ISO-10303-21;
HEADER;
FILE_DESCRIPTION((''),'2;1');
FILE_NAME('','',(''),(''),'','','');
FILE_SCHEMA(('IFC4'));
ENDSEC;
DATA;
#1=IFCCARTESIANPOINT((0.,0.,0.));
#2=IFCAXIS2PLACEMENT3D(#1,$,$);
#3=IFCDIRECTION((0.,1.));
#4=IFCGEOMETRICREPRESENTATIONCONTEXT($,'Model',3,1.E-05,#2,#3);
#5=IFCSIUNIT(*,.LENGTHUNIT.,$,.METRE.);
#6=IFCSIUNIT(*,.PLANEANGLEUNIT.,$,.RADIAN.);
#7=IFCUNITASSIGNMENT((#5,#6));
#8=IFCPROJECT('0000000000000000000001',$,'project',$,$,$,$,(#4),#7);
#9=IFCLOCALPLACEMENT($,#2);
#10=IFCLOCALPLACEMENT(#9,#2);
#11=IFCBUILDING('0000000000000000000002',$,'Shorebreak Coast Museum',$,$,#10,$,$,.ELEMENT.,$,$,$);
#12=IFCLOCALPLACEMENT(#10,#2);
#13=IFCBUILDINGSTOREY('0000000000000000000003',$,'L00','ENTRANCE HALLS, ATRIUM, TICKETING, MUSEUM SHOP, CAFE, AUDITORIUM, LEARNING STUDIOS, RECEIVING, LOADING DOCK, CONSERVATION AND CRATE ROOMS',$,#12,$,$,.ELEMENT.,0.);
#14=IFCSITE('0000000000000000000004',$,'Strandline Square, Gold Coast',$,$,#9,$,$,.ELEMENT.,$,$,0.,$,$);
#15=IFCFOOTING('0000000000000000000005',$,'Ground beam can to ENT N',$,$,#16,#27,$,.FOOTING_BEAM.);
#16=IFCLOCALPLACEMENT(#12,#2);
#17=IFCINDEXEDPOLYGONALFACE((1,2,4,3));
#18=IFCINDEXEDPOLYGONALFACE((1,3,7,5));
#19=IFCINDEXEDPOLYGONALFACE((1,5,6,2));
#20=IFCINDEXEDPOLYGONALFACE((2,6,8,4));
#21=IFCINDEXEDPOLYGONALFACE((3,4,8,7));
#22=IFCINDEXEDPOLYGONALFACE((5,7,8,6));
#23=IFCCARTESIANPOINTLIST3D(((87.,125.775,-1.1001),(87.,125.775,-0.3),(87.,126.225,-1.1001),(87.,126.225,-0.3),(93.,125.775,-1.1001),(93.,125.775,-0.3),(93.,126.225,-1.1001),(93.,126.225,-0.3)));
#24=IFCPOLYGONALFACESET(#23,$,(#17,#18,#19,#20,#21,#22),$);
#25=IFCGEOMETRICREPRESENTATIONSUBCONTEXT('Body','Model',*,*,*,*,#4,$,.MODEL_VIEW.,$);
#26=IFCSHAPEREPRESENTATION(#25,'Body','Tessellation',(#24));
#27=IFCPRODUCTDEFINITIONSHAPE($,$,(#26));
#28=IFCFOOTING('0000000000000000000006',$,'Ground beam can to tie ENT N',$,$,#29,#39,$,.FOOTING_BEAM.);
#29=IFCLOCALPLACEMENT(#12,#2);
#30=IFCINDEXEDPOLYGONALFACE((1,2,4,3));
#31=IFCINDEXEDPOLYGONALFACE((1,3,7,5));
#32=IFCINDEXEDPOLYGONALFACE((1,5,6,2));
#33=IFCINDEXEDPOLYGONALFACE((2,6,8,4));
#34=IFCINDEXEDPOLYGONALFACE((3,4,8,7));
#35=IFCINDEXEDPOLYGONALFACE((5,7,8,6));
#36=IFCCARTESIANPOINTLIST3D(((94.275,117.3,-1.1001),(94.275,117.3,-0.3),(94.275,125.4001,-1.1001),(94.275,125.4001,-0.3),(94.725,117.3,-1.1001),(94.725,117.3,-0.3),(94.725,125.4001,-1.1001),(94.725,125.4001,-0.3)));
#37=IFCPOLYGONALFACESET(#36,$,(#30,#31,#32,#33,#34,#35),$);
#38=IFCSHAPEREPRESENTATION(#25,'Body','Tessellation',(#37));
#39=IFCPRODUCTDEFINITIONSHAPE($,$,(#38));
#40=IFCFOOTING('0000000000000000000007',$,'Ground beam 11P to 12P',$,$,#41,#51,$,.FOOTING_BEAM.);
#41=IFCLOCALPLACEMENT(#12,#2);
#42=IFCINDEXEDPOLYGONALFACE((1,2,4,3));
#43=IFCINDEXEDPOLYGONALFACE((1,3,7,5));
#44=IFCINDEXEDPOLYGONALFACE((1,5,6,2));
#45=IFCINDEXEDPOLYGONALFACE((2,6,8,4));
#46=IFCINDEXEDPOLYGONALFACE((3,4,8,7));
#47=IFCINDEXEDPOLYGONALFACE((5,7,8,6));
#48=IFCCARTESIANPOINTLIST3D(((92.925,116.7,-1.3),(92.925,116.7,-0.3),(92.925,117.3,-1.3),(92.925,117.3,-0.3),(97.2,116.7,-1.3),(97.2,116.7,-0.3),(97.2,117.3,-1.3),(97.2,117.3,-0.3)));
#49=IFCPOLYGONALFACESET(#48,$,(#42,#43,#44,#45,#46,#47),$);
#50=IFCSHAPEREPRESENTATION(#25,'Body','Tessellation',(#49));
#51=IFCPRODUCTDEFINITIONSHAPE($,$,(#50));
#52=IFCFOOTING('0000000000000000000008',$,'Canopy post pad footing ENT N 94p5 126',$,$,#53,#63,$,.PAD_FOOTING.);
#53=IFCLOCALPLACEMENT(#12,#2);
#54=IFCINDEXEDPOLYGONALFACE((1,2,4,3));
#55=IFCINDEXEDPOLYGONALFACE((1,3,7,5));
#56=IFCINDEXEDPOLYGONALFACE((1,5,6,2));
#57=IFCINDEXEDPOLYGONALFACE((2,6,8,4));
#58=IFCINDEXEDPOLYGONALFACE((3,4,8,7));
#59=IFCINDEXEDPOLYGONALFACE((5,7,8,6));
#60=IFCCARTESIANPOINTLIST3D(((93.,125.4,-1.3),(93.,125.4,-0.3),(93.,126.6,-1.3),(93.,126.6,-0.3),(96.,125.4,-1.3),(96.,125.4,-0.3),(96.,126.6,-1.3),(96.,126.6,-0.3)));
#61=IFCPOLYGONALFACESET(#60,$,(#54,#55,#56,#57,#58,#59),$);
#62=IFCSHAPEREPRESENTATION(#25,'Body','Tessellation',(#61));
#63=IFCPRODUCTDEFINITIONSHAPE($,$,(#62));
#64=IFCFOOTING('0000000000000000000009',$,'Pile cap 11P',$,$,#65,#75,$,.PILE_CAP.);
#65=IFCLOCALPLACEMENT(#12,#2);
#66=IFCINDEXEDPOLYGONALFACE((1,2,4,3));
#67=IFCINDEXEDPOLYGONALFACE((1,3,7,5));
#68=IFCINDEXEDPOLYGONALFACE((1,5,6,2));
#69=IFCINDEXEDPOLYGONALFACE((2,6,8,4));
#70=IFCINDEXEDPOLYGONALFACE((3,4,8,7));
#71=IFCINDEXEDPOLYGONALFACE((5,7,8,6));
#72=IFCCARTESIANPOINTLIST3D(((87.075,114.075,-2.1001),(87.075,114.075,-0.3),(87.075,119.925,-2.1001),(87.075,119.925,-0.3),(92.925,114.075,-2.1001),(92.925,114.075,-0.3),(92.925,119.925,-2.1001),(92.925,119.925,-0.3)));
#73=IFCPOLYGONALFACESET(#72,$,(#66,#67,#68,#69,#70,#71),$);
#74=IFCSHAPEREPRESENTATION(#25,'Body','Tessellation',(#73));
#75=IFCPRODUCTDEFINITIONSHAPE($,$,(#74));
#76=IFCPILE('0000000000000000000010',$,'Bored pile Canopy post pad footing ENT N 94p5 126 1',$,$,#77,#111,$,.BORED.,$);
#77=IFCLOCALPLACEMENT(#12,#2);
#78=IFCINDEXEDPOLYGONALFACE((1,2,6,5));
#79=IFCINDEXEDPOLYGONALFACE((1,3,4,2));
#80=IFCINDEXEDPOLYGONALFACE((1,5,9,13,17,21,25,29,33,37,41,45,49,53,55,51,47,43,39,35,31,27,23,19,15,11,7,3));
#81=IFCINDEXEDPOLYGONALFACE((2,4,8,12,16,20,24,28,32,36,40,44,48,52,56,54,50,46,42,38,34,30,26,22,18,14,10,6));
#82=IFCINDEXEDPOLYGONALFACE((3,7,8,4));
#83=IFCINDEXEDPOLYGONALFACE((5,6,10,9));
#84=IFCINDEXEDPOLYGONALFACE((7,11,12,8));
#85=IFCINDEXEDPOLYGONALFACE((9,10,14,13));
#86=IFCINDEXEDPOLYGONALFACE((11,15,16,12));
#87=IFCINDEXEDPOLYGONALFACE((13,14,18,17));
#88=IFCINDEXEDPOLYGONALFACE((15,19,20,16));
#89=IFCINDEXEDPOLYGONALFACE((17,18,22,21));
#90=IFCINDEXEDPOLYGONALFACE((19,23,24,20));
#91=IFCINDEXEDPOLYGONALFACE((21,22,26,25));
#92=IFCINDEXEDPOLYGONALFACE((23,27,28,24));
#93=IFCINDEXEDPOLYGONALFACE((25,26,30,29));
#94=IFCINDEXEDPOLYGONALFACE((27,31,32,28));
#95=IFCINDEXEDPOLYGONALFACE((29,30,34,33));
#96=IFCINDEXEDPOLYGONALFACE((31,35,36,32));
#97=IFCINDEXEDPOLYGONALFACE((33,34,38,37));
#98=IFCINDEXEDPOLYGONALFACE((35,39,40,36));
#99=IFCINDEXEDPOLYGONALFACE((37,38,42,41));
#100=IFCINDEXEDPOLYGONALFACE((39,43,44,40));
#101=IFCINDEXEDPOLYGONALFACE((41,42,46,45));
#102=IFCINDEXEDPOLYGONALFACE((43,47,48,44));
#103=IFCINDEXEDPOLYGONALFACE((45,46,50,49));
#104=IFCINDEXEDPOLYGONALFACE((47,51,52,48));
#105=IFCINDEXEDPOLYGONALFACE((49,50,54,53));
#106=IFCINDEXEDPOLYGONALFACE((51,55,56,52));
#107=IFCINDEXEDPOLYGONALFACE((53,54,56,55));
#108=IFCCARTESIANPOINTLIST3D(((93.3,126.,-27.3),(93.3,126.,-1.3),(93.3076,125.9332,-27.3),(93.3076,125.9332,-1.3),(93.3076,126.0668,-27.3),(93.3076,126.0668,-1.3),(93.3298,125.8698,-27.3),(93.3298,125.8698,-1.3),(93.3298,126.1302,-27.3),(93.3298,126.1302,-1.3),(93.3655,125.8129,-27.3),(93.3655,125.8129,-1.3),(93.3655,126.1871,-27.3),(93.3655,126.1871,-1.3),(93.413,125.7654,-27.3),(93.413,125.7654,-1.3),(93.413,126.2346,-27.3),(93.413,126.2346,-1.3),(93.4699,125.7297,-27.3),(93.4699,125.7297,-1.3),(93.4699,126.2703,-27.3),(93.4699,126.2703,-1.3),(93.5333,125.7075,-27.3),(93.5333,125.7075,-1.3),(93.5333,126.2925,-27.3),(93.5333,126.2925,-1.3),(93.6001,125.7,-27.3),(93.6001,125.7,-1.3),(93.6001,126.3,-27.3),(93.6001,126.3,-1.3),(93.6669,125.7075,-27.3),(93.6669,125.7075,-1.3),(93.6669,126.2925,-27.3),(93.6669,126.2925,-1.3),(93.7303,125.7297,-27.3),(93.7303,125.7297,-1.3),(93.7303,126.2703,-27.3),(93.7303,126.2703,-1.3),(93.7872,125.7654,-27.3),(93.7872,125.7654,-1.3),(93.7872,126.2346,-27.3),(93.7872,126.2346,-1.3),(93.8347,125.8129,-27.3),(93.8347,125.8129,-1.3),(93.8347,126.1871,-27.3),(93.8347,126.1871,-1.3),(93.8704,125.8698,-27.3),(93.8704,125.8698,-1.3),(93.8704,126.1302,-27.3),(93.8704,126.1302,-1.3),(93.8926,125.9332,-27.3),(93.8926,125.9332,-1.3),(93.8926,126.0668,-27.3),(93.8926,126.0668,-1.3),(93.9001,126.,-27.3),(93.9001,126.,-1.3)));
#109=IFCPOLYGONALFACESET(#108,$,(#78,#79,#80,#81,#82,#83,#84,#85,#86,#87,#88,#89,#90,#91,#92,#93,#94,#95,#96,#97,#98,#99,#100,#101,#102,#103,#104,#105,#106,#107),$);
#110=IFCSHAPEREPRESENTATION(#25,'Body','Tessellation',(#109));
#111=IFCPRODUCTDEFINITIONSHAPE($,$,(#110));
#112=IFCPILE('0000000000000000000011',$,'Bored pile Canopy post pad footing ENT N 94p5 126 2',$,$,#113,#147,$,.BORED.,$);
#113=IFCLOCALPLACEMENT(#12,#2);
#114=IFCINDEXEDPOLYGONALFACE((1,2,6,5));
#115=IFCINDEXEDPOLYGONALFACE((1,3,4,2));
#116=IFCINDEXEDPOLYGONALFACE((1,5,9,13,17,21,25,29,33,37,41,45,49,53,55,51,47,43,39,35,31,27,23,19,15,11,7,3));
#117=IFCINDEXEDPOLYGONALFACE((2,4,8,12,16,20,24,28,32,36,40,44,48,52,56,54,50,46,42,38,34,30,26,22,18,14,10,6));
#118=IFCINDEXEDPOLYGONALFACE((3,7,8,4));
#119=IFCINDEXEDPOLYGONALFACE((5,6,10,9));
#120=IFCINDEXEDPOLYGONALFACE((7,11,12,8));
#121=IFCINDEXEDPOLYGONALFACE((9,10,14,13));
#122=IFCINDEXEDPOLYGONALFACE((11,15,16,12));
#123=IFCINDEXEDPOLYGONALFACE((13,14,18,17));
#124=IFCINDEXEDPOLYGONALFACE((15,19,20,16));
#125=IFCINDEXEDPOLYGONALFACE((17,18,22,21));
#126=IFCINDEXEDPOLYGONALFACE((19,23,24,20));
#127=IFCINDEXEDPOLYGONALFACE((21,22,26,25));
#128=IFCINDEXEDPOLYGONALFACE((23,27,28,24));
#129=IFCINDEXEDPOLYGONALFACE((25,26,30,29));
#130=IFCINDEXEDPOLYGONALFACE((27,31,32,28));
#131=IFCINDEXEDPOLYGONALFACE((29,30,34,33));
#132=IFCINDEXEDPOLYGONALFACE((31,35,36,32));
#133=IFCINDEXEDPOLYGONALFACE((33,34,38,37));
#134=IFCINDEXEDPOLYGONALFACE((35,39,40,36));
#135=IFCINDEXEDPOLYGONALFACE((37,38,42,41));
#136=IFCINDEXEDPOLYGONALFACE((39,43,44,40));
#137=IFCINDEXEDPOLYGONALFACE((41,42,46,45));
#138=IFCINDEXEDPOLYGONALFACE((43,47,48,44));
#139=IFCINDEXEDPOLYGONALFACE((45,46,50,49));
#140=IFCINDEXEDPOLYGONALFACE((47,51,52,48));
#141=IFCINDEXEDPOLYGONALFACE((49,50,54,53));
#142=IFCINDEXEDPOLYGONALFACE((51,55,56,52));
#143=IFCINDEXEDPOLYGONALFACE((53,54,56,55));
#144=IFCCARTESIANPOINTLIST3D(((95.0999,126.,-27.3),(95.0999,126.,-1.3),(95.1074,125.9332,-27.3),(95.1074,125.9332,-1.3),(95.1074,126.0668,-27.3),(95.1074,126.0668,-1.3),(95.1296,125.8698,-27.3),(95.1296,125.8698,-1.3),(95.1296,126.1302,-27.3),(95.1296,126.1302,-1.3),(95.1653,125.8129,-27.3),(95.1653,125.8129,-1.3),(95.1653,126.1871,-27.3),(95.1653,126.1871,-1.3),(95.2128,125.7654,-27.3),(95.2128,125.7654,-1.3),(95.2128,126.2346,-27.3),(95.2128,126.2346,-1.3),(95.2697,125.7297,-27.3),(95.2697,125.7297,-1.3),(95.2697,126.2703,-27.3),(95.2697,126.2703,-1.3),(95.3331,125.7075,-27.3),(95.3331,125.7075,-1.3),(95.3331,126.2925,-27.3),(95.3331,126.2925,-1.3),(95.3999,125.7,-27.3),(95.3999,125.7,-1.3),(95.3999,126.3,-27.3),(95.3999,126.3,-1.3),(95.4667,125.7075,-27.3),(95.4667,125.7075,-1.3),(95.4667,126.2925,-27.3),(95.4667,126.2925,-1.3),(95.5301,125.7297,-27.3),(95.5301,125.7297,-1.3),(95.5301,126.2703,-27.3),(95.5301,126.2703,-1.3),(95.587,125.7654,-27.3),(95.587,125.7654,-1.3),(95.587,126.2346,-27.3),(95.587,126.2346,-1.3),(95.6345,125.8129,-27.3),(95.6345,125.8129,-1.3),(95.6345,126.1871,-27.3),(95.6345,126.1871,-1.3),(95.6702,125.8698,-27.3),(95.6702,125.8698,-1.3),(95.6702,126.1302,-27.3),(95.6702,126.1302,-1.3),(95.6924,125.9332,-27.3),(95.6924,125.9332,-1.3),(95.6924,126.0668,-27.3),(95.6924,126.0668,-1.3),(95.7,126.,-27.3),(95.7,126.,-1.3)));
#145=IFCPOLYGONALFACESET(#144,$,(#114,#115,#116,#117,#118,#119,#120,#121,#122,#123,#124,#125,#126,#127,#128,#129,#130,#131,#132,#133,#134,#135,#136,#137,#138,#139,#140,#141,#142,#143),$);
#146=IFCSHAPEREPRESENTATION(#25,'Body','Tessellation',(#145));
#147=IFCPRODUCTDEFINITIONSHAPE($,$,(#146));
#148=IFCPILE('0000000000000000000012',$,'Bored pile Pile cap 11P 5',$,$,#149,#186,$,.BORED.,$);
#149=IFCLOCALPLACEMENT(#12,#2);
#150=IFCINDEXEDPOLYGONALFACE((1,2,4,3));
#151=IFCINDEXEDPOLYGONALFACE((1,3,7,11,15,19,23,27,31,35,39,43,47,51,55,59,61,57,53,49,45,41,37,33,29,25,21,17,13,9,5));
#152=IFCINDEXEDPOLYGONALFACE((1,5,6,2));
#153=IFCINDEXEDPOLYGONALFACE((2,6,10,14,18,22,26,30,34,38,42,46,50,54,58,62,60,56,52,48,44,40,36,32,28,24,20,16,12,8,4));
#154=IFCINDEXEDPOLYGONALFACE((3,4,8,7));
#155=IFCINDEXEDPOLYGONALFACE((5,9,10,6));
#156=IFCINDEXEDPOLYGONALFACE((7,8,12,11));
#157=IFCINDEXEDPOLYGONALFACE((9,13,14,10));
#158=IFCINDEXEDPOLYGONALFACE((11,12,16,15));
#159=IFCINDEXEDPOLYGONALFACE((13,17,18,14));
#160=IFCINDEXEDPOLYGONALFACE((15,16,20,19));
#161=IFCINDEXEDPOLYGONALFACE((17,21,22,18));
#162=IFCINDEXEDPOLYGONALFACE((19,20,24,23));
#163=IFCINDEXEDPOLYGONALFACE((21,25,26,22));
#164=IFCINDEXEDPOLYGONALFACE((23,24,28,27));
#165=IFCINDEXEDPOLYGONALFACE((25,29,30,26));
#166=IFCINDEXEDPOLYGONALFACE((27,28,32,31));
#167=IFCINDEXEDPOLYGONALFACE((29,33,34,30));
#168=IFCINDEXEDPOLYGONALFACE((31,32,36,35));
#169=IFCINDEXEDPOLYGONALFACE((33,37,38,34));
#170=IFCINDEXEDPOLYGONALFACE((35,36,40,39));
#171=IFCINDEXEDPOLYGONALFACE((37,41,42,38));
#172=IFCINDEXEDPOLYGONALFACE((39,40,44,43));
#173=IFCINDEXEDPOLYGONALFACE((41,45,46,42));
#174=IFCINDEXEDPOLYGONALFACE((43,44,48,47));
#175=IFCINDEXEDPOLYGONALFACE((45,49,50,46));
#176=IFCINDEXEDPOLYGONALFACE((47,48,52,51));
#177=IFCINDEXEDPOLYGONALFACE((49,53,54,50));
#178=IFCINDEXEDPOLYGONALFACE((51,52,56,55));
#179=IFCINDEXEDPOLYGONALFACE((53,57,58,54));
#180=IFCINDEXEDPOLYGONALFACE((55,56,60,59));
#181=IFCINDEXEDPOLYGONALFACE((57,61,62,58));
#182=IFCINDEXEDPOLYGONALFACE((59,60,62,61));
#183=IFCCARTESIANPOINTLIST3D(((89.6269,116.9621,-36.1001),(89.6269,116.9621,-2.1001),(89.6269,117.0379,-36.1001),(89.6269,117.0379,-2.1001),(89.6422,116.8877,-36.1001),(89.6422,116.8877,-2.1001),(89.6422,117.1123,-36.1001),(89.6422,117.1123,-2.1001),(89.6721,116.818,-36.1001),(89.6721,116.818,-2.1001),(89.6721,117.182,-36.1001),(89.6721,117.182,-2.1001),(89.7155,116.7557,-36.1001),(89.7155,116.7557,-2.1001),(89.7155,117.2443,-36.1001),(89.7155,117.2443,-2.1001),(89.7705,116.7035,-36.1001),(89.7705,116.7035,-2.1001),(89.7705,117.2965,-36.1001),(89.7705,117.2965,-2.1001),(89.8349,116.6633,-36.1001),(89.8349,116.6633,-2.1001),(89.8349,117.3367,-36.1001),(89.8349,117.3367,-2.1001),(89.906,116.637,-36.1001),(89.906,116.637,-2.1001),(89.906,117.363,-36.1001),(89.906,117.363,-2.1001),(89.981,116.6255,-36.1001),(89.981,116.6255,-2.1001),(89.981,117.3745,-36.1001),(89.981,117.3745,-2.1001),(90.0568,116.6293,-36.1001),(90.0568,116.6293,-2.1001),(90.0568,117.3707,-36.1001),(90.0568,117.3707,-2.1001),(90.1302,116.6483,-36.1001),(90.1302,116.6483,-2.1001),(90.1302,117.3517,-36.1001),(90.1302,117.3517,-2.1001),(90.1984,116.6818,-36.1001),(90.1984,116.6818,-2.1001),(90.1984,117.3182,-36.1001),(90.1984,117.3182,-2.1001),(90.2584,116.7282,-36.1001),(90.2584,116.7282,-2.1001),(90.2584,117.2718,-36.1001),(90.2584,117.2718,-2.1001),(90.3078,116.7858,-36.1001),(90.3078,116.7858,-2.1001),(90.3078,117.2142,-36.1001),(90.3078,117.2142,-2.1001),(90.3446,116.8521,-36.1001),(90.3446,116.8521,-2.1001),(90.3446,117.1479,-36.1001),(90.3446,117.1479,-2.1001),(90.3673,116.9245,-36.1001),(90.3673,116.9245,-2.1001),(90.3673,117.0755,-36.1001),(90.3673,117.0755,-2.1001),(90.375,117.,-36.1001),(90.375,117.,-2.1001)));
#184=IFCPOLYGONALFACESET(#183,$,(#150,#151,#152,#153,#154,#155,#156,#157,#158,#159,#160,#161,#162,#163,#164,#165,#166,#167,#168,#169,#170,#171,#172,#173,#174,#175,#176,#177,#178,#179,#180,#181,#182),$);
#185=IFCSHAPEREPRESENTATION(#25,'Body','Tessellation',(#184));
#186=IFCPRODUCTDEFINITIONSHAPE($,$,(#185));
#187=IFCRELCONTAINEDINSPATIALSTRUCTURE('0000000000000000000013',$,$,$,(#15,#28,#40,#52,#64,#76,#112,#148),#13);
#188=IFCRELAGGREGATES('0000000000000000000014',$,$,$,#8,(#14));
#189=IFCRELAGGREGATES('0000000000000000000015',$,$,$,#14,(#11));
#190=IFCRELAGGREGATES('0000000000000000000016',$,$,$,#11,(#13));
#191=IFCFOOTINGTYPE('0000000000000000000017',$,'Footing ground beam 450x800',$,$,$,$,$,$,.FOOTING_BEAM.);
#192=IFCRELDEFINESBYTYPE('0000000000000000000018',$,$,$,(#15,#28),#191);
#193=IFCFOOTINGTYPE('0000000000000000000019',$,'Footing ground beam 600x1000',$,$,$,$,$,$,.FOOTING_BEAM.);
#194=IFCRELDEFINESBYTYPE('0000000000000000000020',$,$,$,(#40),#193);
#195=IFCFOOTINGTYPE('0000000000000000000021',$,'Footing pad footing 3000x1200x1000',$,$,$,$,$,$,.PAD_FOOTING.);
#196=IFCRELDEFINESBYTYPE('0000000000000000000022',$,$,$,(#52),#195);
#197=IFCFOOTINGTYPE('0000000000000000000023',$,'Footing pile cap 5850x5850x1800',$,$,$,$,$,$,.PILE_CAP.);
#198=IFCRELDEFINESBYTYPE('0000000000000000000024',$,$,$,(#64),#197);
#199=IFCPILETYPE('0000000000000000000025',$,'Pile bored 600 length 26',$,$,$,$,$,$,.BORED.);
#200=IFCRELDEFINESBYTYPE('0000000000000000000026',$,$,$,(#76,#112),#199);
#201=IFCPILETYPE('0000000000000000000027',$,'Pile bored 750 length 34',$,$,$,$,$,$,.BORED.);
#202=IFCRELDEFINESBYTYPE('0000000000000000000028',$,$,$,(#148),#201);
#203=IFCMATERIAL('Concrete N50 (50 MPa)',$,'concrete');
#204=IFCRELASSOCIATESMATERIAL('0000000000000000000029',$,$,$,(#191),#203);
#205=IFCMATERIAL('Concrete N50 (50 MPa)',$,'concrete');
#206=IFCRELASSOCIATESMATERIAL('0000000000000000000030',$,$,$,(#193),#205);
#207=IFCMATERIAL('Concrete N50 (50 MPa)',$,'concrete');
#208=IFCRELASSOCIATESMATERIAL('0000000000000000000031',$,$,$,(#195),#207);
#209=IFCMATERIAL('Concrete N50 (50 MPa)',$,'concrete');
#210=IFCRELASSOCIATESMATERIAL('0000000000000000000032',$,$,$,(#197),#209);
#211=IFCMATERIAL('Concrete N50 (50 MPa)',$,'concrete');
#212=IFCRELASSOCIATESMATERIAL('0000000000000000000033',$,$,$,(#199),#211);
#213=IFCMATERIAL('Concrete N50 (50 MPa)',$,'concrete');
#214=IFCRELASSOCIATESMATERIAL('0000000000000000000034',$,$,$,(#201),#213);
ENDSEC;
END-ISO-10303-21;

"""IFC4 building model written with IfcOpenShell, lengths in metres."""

from ifc_helpers import new_model, si_unit, direction, frame, origin, origin_2d, place, context, subcontext, project, spatial, rectangle, circle, extrude, material, material_profile, profile_set, type_object, element, save


model = new_model("IFC4")

# Units and contexts
model_context = context("Model", 3, precision=1e-05, world=origin(), true_north=direction((0.0, 1.0)))
body_context = subcontext(model_context, "Body", "Model", "MODEL_VIEW")
ifc_project = project(units=[si_unit("LENGTHUNIT", "METRE"), si_unit("PLANEANGLEUNIT", "RADIAN")], contexts=[model_context])

# Site, building, storey
site_placement = place(None, origin())
site = spatial("IfcSite", under=ifc_project, at=site_placement, Name="Strandline Square, Gold Coast", CompositionType="ELEMENT", RefElevation=0.0)
building_placement = place(site_placement, origin())
building = spatial("IfcBuilding", under=site, at=building_placement, Name="Shorebreak Coast Museum", CompositionType="ELEMENT")
storey_placement = place(building_placement, origin())
storey = spatial("IfcBuildingStorey", under=building, at=storey_placement, Name="L00", Description="ENTRANCE HALLS, ATRIUM, TICKETING, MUSEUM SHOP, CAFE, AUDITORIUM, LEARNING STUDIOS, RECEIVING, LOADING DOCK, CONSERVATION AND CRATE ROOMS", CompositionType="ELEMENT", Elevation=0.0)

# Footings
ifc_material_1 = material(Name="Concrete N50 (50 MPa)", Category="concrete")
footing_type_1 = type_object("IfcFootingType", Name="Footing ground beam 450x800", PredefinedType="FOOTING_BEAM", material=ifc_material_1)
footing_1_placement = place(storey_placement, frame((90.0, 126.0, -1.1001), z_axis=(0.0, 0.0, 1.0), x_axis=(1.0, 0.0, 0.0)))
element("IfcFooting", 1, at=footing_1_placement, inside=storey, type_object=footing_type_1, Name="Ground beam can to ENT N", PredefinedType="FOOTING_BEAM", context=body_context, shape_type="SweptSolid", body=[
    extrude(rectangle(XDim=6.0, YDim=0.45, at=origin_2d()), origin(), (0.0, 0.0, 1.0), 0.8),
])
footing_2_placement = place(storey_placement, frame((94.5, 121.3501, -1.1001), z_axis=(0.0, 0.0, 1.0), x_axis=(1.0, 0.0, 0.0)))
element("IfcFooting", 2, at=footing_2_placement, inside=storey, type_object=footing_type_1, Name="Ground beam can to tie ENT N", PredefinedType="FOOTING_BEAM", context=body_context, shape_type="SweptSolid", body=[
    extrude(rectangle(XDim=0.45, YDim=8.1001, at=origin_2d()), origin(), (0.0, 0.0, 1.0), 0.8),
])
ifc_material_2 = material(Name="Concrete N50 (50 MPa)", Category="concrete")
footing_type_2 = type_object("IfcFootingType", Name="Footing ground beam 600x1000", PredefinedType="FOOTING_BEAM", material=ifc_material_2)
footing_3_placement = place(storey_placement, frame((95.0625, 117.0, -1.3), z_axis=(0.0, 0.0, 1.0), x_axis=(1.0, 0.0, 0.0)))
element("IfcFooting", 3, at=footing_3_placement, inside=storey, type_object=footing_type_2, Name="Ground beam 11P to 12P", PredefinedType="FOOTING_BEAM", context=body_context, shape_type="SweptSolid", body=[
    extrude(rectangle(XDim=4.2749, YDim=0.6001, at=origin_2d()), origin(), (0.0, 0.0, 1.0), 1.0),
])
ifc_material_3 = material(Name="Concrete N50 (50 MPa)", Category="concrete")
footing_type_3 = type_object("IfcFootingType", Name="Footing pad footing 3000x1200x1000", PredefinedType="PAD_FOOTING", material=ifc_material_3)
footing_4_placement = place(storey_placement, frame((94.5, 126.0, -1.3), z_axis=(0.0, 0.0, 1.0), x_axis=(1.0, 0.0, 0.0)))
element("IfcFooting", 4, at=footing_4_placement, inside=storey, type_object=footing_type_3, Name="Canopy post pad footing ENT N 94p5 126", PredefinedType="PAD_FOOTING", context=body_context, shape_type="SweptSolid", body=[
    extrude(rectangle(XDim=3.0, YDim=1.2, at=origin_2d()), origin(), (0.0, 0.0, 1.0), 1.0),
])
ifc_material_4 = material(Name="Concrete N50 (50 MPa)", Category="concrete")
footing_type_4 = type_object("IfcFootingType", Name="Footing pile cap 5850x5850x1800", PredefinedType="PILE_CAP", material=ifc_material_4)
footing_5_placement = place(storey_placement, frame((90.0, 117.0, -2.1001), z_axis=(0.0, 0.0, 1.0), x_axis=(1.0, 0.0, 0.0)))
element("IfcFooting", 5, at=footing_5_placement, inside=storey, type_object=footing_type_4, Name="Pile cap 11P", PredefinedType="PILE_CAP", context=body_context, shape_type="SweptSolid", body=[
    extrude(rectangle(XDim=5.8501, YDim=5.8501, at=origin_2d()), origin(), (0.0, 0.0, 1.0), 1.8),
])

# Piles
ifc_material_5 = material(Name="Concrete N50 (50 MPa)", Category="concrete")
ifc_material_profile_1 = material_profile(ifc_material_5, circle(Radius=0.3, at=origin_2d()), Name="Pile bored 600 length 26")
ifc_profile_set_1 = profile_set([ifc_material_profile_1], Name="Concrete N50 (50 MPa)")
pile_type_1 = type_object("IfcPileType", Name="Pile bored 600 length 26", PredefinedType="BORED", material=ifc_profile_set_1)
for number, where, z_axis, x_axis, name in (
    (6, (93.6001, 126.0, -1.3), (0.0, 0.0, -1.0), (1.0, 0.0, 0.0), "Bored pile Canopy post pad footing ENT N 94p5 126 1"),
    (7, (95.3999, 126.0, -1.3), (0.0, 0.0, -1.0), (1.0, 0.0, 0.0), "Bored pile Canopy post pad footing ENT N 94p5 126 2"),
):
    element("IfcPile", number, at=place(storey_placement, frame(where, z_axis=z_axis, x_axis=x_axis)), inside=storey, type_object=pile_type_1, Name=name, PredefinedType="BORED", context=body_context, shape_type="SweptSolid", body=[
        extrude(circle(Radius=0.3, at=origin_2d()), origin(), (0.0, 0.0, 1.0), 26.0),
    ])
ifc_material_6 = material(Name="Concrete N50 (50 MPa)", Category="concrete")
ifc_material_profile_2 = material_profile(ifc_material_6, circle(Radius=0.375, at=origin_2d()), Name="Pile bored 750 length 34")
ifc_profile_set_2 = profile_set([ifc_material_profile_2], Name="Concrete N50 (50 MPa)")
pile_type_2 = type_object("IfcPileType", Name="Pile bored 750 length 34", PredefinedType="BORED", material=ifc_profile_set_2)
for number, where, z_axis, x_axis, name in (
    (8, (90.0, 117.0, -2.1001), (0.0, 0.0, -1.0), (1.0, 0.0, 0.0), "Bored pile Pile cap 11P 5"),
):
    element("IfcPile", number, at=place(storey_placement, frame(where, z_axis=z_axis, x_axis=x_axis)), inside=storey, type_object=pile_type_2, Name=name, PredefinedType="BORED", context=body_context, shape_type="SweptSolid", body=[
        extrude(circle(Radius=0.375, at=origin_2d()), origin(), (0.0, 0.0, 1.0), 34.0),
    ])

save(model, "model.ifc")
